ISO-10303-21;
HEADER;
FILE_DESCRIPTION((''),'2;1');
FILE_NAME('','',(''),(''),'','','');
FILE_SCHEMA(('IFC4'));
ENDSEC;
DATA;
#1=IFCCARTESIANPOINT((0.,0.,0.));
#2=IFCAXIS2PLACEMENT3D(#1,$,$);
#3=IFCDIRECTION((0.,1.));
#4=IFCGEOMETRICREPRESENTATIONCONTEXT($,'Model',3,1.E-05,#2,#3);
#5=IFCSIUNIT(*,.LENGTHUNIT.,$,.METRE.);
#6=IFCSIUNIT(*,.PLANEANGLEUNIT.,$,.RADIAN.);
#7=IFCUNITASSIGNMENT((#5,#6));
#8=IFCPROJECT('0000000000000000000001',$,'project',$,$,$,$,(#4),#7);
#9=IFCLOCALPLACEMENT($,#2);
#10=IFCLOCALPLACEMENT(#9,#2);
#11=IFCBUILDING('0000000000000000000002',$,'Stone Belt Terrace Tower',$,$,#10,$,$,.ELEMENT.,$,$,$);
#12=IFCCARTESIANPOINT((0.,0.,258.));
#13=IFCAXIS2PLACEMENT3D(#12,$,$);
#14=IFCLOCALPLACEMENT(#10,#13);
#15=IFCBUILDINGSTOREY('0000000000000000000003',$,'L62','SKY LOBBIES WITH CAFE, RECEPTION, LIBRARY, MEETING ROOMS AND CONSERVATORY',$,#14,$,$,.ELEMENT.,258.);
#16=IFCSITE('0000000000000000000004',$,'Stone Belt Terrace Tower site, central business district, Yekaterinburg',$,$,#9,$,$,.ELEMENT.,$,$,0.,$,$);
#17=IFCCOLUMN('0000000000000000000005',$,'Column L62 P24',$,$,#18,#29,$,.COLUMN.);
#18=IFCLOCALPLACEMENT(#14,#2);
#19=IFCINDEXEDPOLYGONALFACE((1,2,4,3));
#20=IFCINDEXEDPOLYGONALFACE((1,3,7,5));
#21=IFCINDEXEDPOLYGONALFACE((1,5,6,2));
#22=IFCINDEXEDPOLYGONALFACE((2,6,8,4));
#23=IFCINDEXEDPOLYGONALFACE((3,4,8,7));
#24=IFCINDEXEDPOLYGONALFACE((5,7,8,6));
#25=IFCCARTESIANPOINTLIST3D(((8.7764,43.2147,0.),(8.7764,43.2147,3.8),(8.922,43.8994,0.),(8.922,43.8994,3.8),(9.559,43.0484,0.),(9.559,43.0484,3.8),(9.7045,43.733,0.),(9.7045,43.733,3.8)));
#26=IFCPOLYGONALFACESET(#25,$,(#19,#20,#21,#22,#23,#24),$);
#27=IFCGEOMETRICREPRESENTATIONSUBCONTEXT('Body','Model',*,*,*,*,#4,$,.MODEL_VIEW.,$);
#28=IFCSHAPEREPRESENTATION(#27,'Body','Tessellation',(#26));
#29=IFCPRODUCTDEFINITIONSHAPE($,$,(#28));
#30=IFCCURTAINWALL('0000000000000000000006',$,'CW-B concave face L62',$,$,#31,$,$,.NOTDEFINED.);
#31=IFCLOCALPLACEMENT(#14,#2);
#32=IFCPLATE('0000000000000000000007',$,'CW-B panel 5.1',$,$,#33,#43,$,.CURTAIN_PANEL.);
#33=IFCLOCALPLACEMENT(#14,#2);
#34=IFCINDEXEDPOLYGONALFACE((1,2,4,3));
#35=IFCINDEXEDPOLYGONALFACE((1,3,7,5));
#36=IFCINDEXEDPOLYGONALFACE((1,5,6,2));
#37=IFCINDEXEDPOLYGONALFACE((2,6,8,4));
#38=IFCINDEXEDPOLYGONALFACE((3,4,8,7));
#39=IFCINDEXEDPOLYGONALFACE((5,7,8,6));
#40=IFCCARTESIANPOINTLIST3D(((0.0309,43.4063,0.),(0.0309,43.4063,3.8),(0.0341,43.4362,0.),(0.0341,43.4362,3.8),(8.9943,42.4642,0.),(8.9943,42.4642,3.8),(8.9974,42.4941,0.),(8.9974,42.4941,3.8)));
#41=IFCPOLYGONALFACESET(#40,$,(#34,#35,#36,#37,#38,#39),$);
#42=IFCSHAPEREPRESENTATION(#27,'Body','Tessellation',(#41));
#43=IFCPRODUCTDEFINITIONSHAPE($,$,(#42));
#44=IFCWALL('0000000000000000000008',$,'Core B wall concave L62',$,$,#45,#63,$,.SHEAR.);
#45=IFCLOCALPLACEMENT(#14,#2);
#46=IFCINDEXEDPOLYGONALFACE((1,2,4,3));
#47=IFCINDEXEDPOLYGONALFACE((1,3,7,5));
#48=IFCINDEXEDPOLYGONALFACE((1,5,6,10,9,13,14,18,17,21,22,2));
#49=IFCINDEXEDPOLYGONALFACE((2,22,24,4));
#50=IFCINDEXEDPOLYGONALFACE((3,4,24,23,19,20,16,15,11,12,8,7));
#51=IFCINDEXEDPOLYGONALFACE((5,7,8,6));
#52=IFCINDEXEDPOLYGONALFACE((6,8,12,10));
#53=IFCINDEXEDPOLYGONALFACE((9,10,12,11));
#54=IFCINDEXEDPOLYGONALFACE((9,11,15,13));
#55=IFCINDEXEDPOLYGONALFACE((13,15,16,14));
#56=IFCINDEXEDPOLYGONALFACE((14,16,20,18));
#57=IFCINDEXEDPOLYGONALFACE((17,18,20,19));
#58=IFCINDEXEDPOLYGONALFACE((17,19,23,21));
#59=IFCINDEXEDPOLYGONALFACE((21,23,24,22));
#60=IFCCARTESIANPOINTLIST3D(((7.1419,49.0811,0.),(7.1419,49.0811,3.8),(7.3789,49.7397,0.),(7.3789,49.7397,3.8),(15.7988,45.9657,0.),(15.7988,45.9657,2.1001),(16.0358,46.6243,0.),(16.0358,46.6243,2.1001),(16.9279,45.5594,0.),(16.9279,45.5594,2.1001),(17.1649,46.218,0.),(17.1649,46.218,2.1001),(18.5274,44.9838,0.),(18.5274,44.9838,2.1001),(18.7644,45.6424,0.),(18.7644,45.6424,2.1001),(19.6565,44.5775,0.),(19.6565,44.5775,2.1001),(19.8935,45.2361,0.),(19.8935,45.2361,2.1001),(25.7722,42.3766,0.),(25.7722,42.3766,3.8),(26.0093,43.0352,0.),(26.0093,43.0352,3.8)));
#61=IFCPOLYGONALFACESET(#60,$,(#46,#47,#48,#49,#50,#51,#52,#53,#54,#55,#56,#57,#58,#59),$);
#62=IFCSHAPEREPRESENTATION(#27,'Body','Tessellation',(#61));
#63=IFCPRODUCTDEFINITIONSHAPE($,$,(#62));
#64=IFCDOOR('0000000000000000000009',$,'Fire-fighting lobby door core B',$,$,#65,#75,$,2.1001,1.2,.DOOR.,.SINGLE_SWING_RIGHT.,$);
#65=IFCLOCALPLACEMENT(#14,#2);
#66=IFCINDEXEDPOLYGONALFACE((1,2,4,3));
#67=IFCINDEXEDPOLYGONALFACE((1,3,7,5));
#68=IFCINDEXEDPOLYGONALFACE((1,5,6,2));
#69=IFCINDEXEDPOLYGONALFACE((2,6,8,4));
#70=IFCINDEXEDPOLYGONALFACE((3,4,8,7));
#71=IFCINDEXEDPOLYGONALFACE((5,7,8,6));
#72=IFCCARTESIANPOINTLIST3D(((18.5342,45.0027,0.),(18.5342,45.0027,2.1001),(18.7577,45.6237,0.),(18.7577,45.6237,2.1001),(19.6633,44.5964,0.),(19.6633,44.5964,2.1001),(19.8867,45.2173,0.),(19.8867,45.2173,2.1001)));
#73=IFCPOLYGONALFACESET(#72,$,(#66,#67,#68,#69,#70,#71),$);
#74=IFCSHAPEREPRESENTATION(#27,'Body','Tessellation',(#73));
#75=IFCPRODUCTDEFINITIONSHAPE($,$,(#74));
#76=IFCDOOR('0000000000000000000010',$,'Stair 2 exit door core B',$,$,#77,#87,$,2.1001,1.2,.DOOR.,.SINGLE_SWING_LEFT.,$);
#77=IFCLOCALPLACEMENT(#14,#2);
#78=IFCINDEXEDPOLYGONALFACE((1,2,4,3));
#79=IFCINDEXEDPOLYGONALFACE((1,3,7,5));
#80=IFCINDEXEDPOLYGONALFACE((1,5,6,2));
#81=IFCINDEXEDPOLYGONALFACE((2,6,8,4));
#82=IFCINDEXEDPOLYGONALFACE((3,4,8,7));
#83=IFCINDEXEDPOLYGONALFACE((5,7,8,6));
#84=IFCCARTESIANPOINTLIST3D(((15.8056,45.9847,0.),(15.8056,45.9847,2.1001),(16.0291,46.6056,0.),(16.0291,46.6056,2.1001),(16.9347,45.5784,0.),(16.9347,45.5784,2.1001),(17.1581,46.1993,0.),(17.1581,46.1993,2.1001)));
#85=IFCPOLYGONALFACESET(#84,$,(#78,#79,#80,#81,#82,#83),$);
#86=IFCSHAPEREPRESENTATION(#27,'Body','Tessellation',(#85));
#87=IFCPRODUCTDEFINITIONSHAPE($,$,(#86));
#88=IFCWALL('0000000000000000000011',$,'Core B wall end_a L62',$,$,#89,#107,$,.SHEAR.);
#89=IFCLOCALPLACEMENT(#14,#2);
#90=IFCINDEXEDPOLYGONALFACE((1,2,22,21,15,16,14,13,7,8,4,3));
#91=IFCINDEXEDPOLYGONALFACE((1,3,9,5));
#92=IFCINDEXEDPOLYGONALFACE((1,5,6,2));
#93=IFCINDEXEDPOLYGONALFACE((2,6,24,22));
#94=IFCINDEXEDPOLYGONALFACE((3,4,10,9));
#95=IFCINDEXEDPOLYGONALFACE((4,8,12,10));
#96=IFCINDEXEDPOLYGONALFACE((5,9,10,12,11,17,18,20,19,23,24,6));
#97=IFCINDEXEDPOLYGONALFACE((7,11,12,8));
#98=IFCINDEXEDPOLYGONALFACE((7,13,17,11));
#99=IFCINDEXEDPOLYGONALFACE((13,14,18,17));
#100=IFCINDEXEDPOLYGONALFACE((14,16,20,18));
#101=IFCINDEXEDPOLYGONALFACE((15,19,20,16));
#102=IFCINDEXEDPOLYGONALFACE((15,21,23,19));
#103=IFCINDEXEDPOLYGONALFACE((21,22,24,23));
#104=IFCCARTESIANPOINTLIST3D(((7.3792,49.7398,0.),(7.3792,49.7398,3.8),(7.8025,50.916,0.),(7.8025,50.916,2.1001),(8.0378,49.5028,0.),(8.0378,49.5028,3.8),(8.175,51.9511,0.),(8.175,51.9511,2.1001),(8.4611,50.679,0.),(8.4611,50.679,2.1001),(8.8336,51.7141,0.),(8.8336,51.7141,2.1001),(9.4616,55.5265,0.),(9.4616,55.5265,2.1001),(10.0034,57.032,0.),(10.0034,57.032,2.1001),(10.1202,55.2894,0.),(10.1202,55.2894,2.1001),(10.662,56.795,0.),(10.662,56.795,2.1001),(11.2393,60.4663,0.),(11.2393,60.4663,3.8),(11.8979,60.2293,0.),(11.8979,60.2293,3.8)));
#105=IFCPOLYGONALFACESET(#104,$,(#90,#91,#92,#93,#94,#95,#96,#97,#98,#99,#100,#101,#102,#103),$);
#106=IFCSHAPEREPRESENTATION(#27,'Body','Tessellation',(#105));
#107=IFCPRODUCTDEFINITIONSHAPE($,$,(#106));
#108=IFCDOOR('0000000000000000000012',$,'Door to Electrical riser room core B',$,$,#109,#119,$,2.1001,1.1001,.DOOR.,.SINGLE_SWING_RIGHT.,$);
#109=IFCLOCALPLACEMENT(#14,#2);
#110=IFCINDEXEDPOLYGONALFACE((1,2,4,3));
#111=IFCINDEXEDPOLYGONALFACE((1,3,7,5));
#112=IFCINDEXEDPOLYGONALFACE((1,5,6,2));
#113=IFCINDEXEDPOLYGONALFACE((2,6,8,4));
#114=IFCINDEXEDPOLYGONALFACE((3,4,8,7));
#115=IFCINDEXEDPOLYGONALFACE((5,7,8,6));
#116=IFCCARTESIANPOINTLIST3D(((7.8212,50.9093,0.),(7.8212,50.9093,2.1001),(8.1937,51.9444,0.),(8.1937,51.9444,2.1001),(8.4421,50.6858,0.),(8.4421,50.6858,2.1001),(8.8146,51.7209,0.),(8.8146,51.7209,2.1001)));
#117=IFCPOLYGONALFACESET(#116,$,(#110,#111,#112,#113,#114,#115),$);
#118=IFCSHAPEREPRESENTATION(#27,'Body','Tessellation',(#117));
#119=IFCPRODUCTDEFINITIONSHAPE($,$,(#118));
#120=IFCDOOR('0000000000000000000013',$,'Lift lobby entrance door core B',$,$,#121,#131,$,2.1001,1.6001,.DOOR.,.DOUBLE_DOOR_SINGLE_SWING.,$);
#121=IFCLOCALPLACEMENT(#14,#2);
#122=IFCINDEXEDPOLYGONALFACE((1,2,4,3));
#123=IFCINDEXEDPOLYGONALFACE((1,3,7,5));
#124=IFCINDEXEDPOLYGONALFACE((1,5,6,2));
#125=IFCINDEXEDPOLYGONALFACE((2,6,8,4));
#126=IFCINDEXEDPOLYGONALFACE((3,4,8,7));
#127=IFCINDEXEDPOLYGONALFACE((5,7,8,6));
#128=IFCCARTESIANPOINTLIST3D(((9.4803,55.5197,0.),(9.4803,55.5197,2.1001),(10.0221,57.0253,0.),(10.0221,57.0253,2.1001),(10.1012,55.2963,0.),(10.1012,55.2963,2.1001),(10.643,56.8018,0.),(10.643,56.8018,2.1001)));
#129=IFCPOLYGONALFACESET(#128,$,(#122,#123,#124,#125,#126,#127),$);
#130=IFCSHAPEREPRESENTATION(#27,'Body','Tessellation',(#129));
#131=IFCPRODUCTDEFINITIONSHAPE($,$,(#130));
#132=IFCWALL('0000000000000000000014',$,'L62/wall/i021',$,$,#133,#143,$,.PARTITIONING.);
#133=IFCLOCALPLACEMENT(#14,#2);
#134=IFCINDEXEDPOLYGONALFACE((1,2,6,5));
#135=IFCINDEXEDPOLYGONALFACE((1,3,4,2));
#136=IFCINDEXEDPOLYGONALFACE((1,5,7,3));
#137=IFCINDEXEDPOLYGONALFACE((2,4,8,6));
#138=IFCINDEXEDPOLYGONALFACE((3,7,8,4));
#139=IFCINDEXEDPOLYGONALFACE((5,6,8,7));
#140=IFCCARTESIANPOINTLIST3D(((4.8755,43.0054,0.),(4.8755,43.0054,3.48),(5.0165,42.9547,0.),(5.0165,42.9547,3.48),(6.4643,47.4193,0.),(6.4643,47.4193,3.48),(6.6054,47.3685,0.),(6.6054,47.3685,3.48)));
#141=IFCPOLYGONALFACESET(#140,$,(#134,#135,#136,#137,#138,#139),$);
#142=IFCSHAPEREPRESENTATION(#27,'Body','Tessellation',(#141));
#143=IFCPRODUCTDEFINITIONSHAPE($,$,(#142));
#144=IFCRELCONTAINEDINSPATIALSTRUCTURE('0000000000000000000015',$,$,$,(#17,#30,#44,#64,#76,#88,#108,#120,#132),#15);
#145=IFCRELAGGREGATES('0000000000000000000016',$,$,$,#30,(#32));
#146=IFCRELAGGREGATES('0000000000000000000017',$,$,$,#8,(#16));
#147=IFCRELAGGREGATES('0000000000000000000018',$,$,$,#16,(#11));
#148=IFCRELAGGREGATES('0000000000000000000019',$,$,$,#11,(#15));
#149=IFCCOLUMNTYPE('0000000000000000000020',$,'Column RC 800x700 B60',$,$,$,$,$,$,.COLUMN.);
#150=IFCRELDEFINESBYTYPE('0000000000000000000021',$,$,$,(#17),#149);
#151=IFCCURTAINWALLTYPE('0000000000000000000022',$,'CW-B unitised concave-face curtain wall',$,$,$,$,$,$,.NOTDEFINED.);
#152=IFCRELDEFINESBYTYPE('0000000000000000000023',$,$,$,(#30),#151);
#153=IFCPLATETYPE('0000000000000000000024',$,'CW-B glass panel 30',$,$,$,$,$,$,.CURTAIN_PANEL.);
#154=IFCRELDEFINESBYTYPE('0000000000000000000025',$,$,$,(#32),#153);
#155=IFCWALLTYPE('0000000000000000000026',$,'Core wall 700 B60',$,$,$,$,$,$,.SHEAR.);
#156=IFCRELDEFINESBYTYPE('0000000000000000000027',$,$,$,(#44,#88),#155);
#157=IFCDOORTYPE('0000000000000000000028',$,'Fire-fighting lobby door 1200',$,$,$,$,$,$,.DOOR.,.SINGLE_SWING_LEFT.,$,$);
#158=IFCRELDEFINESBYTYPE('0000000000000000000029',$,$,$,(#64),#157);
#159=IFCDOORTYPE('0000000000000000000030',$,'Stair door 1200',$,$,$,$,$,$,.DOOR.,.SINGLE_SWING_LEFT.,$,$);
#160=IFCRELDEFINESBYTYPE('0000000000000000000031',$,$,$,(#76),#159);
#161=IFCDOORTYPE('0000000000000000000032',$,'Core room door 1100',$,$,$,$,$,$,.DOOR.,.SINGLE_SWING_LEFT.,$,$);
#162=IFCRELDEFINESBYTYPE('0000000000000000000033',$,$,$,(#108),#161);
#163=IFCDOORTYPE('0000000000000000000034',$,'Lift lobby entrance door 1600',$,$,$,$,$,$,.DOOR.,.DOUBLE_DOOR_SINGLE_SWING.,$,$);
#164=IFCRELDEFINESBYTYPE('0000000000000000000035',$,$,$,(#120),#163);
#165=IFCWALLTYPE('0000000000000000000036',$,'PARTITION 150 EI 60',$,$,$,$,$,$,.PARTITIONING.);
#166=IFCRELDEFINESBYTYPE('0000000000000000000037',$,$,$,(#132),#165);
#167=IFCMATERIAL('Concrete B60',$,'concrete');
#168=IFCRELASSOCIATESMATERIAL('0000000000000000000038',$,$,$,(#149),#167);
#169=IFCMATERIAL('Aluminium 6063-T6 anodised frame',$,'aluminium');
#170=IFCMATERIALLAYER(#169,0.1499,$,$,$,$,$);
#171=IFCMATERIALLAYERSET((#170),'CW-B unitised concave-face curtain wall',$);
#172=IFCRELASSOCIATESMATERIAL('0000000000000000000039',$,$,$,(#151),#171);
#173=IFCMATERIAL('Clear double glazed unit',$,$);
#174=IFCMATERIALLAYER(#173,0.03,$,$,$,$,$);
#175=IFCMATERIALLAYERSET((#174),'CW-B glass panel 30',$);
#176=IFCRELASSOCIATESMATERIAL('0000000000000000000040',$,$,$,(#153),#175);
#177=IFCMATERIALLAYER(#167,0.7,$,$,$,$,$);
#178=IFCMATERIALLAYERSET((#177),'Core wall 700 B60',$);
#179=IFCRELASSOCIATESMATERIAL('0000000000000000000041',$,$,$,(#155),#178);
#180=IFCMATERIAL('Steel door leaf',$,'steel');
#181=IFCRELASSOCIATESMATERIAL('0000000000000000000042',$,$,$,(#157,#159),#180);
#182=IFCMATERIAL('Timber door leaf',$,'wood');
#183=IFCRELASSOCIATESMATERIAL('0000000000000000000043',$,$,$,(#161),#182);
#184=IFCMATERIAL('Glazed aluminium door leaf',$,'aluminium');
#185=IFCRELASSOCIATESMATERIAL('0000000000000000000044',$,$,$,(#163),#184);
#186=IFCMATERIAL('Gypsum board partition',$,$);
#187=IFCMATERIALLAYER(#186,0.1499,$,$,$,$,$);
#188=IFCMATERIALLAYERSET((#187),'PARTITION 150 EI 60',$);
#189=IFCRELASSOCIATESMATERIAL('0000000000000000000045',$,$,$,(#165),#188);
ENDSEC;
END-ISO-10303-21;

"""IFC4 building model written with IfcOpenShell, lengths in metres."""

from ifc_helpers import new_model, si_unit, direction, frame, frame_2d, origin, origin_2d, place, context, subcontext, project, spatial, rectangle, extrude, material, layer, layer_set, material_profile, profile_set, type_object, element, fill, aggregate, save


model = new_model("IFC4")

# Units and contexts
model_context = context("Model", 3, precision=1e-05, world=origin(), true_north=direction((0.0, 1.0)))
body_context = subcontext(model_context, "Body", "Model", "MODEL_VIEW")
ifc_project = project(units=[si_unit("LENGTHUNIT", "METRE"), si_unit("PLANEANGLEUNIT", "RADIAN")], contexts=[model_context])

# Site, building, storey
site_placement = place(None, origin())
site = spatial("IfcSite", under=ifc_project, at=site_placement, Name="Stone Belt Terrace Tower site, central business district, Yekaterinburg", CompositionType="ELEMENT", RefElevation=0.0)
building_placement = place(site_placement, origin())
building = spatial("IfcBuilding", under=site, at=building_placement, Name="Stone Belt Terrace Tower", CompositionType="ELEMENT")
storey_placement = place(building_placement, frame((0.0, 0.0, 258.0)))
storey = spatial("IfcBuildingStorey", under=building, at=storey_placement, Name="L62", Description="SKY LOBBIES WITH CAFE, RECEPTION, LIBRARY, MEETING ROOMS AND CONSERVATORY", CompositionType="ELEMENT", Elevation=258.0)

# Column
ifc_material_1 = material(Name="Concrete B60", Category="concrete")
ifc_material_profile = material_profile(ifc_material_1, rectangle(XDim=0.8, YDim=0.7, at=origin_2d()), Name="RC 800x700")
ifc_profile_set = profile_set([ifc_material_profile], Name="Concrete B60")
column_type = type_object("IfcColumnType", Name="Column RC 800x700 B60", PredefinedType="COLUMN", material=ifc_profile_set)
column_placement = place(storey_placement, frame((9.2405, 43.4739, 0.0), z_axis=(0.0, 0.0, 1.0), x_axis=(0.978148, -0.207912, 0.0)))
element("IfcColumn", 1, at=column_placement, inside=storey, type_object=column_type, Name="Column L62 P24", PredefinedType="COLUMN", context=body_context, shape_type="SweptSolid", body=[
    extrude(rectangle(XDim=0.8, YDim=0.7, at=origin_2d()), origin(), (0.0, 0.0, 1.0), 3.8),
])

# Curtain wall, plate
ifc_material_2 = material(Name="Aluminium 6063-T6 anodised frame", Category="aluminium")
ifc_layer_1 = layer(ifc_material_2, 0.1499)
ifc_layer_set_1 = layer_set([ifc_layer_1], Name="CW-B unitised concave-face curtain wall")
curtain_wall_type = type_object("IfcCurtainWallType", Name="CW-B unitised concave-face curtain wall", PredefinedType="NOTDEFINED", material=ifc_layer_set_1)
curtain_wall_placement = place(storey_placement, origin())
curtain_wall = element("IfcCurtainWall", 2, at=curtain_wall_placement, inside=storey, type_object=curtain_wall_type, Name="CW-B concave face L62", PredefinedType="NOTDEFINED")
ifc_material_3 = material(Name="Clear double glazed unit")
ifc_layer_2 = layer(ifc_material_3, 0.03)
ifc_layer_set_2 = layer_set([ifc_layer_2], Name="CW-B glass panel 30")
plate_type = type_object("IfcPlateType", Name="CW-B glass panel 30", PredefinedType="CURTAIN_PANEL", material=ifc_layer_set_2)
plate_placement = place(storey_placement, frame((4.5142, 42.9502, 0.0), z_axis=(0.0, 0.0, 1.0), x_axis=(0.994522, -0.104528, 0.0)))
plate = element("IfcPlate", 3, at=plate_placement, type_object=plate_type, Name="CW-B panel 5.1", PredefinedType="CURTAIN_PANEL", context=body_context, shape_type="SweptSolid", body=[
    extrude(rectangle(XDim=9.0127, YDim=0.03, at=origin_2d()), origin(), (0.0, 0.0, 1.0), 3.8),
])
aggregate(curtain_wall, [plate])

# Walls, openings, doors
ifc_layer_3 = layer(ifc_material_1, 0.7)
ifc_layer_set_3 = layer_set([ifc_layer_3], Name="Core wall 700 B60")
wall_type_1 = type_object("IfcWallType", Name="Core wall 700 B60", PredefinedType="SHEAR", material=ifc_layer_set_3)
wall_1_placement = place(storey_placement, frame((7.2605, 49.4104, 0.0), z_axis=(0.0, 0.0, 1.0), x_axis=(0.940925, -0.338615, 0.0)))
wall_1 = element("IfcWall", 4, at=wall_1_placement, inside=storey, type_object=wall_type_1, Name="Core B wall concave L62", PredefinedType="SHEAR", context=body_context, shape_type="SweptSolid", body=[
    extrude(rectangle(XDim=19.8, YDim=0.7, at=frame_2d((9.8999, 0.0))), origin(), (0.0, 0.0, 1.0), 3.8),
])
opening_1_placement = place(wall_1_placement, frame((12.1001, 0.0, 0.0)))
opening_1 = element("IfcOpeningElement", 5, at=opening_1_placement, cuts=wall_1, PredefinedType="OPENING", context=body_context, shape_type="SweptSolid", body=[
    extrude(rectangle(XDim=1.2, YDim=2.1001, at=frame_2d((0.6001, 1.05))), frame((0.0, 0.3599, 0.0), z_axis=(0.0, -1.0, 0.0), x_axis=(1.0, 0.0, 0.0)), (0.0, 0.0, 1.0), 0.72),
])
opening_2_placement = place(wall_1_placement, frame((9.2002, 0.0, 0.0)))
opening_2 = element("IfcOpeningElement", 6, at=opening_2_placement, cuts=wall_1, PredefinedType="OPENING", context=body_context, shape_type="SweptSolid", body=[
    extrude(rectangle(XDim=1.2, YDim=2.1001, at=frame_2d((0.6001, 1.05))), frame((0.0, 0.3599, 0.0), z_axis=(0.0, -1.0, 0.0), x_axis=(1.0, 0.0, 0.0)), (0.0, 0.0, 1.0), 0.72),
])
ifc_material_4 = material(Name="Steel door leaf", Category="steel")
door_type_1 = type_object("IfcDoorType", Name="Fire-fighting lobby door 1200", OperationType="SINGLE_SWING_LEFT", PredefinedType="DOOR", material=ifc_material_4)
door_1_placement = place(opening_1_placement, origin())
door_1 = element("IfcDoor", 7, at=door_1_placement, inside=storey, type_object=door_type_1, Name="Fire-fighting lobby door core B", OperationType="SINGLE_SWING_RIGHT", OverallHeight=2.1001, OverallWidth=1.2, PredefinedType="DOOR", context=body_context, shape_type="SweptSolid", body=[
    extrude(rectangle(XDim=1.2, YDim=2.1001, at=frame_2d((0.6001, 1.05))), frame((0.0, 0.3301, 0.0), z_axis=(0.0, -1.0, 0.0), x_axis=(1.0, 0.0, 0.0)), (0.0, 0.0, 1.0), 0.6599),
])
fill(opening_1, door_1)
door_type_2 = type_object("IfcDoorType", Name="Stair door 1200", OperationType="SINGLE_SWING_LEFT", PredefinedType="DOOR", material=ifc_material_4)
door_2_placement = place(opening_2_placement, origin())
door_2 = element("IfcDoor", 8, at=door_2_placement, inside=storey, type_object=door_type_2, Name="Stair 2 exit door core B", OperationType="SINGLE_SWING_LEFT", OverallHeight=2.1001, OverallWidth=1.2, PredefinedType="DOOR", context=body_context, shape_type="SweptSolid", body=[
    extrude(rectangle(XDim=1.2, YDim=2.1001, at=frame_2d((0.6001, 1.05))), frame((0.0, 0.3301, 0.0), z_axis=(0.0, -1.0, 0.0), x_axis=(1.0, 0.0, 0.0)), (0.0, 0.0, 1.0), 0.6599),
])
fill(opening_2, door_2)
wall_2_placement = place(storey_placement, frame((7.7085, 49.6213, 0.0), z_axis=(0.0, 0.0, 1.0), x_axis=(0.338606, 0.940928, 0.0)))
wall_2 = element("IfcWall", 9, at=wall_2_placement, inside=storey, type_object=wall_type_1, Name="Core B wall end_a L62", PredefinedType="SHEAR", context=body_context, shape_type="SweptSolid", body=[
    extrude(rectangle(XDim=11.3999, YDim=0.7, at=frame_2d((5.7, 0.0))), origin(), (0.0, 0.0, 1.0), 3.8),
])
opening_3_placement = place(wall_2_placement, frame((6.1499, 0.0, 0.0)))
opening_3 = element("IfcOpeningElement", 10, at=opening_3_placement, cuts=wall_2, PredefinedType="OPENING", context=body_context, shape_type="SweptSolid", body=[
    extrude(rectangle(XDim=1.6001, YDim=2.1001, at=frame_2d((0.8, 1.05))), frame((0.0, 0.3599, 0.0), z_axis=(0.0, -1.0, 0.0), x_axis=(1.0, 0.0, 0.0)), (0.0, 0.0, 1.0), 0.72),
])
opening_4_placement = place(wall_2_placement, frame((1.25, 0.0, 0.0)))
opening_4 = element("IfcOpeningElement", 11, at=opening_4_placement, cuts=wall_2, PredefinedType="OPENING", context=body_context, shape_type="SweptSolid", body=[
    extrude(rectangle(XDim=1.1001, YDim=2.1001, at=frame_2d((0.55, 1.05))), frame((0.0, 0.3599, 0.0), z_axis=(0.0, -1.0, 0.0), x_axis=(1.0, 0.0, 0.0)), (0.0, 0.0, 1.0), 0.72),
])
ifc_material_5 = material(Name="Timber door leaf", Category="wood")
door_type_3 = type_object("IfcDoorType", Name="Core room door 1100", OperationType="SINGLE_SWING_LEFT", PredefinedType="DOOR", material=ifc_material_5)
door_3_placement = place(opening_4_placement, origin())
door_3 = element("IfcDoor", 12, at=door_3_placement, inside=storey, type_object=door_type_3, Name="Door to Electrical riser room core B", OperationType="SINGLE_SWING_RIGHT", OverallHeight=2.1001, OverallWidth=1.1001, PredefinedType="DOOR", context=body_context, shape_type="SweptSolid", body=[
    extrude(rectangle(XDim=1.1001, YDim=2.1001, at=frame_2d((0.55, 1.05))), frame((0.0, 0.3301, 0.0), z_axis=(0.0, -1.0, 0.0), x_axis=(1.0, 0.0, 0.0)), (0.0, 0.0, 1.0), 0.6599),
])
fill(opening_4, door_3)
ifc_material_6 = material(Name="Glazed aluminium door leaf", Category="aluminium")
door_type_4 = type_object("IfcDoorType", Name="Lift lobby entrance door 1600", OperationType="DOUBLE_DOOR_SINGLE_SWING", PredefinedType="DOOR", material=ifc_material_6)
door_4_placement = place(opening_3_placement, origin())
door_4 = element("IfcDoor", 13, at=door_4_placement, inside=storey, type_object=door_type_4, Name="Lift lobby entrance door core B", OperationType="DOUBLE_DOOR_SINGLE_SWING", OverallHeight=2.1001, OverallWidth=1.6001, PredefinedType="DOOR", context=body_context, shape_type="SweptSolid", body=[
    extrude(rectangle(XDim=1.6001, YDim=2.1001, at=frame_2d((0.8, 1.05))), frame((0.0, 0.3301, 0.0), z_axis=(0.0, -1.0, 0.0), x_axis=(1.0, 0.0, 0.0)), (0.0, 0.0, 1.0), 0.6599),
])
fill(opening_3, door_4)

# Wall
ifc_material_7 = material(Name="Gypsum board partition")
ifc_layer_4 = layer(ifc_material_7, 0.1499)
ifc_layer_set_4 = layer_set([ifc_layer_4], Name="PARTITION 150 EI 60")
wall_type_2 = type_object("IfcWallType", Name="PARTITION 150 EI 60", PredefinedType="PARTITIONING", material=ifc_layer_set_4)
wall_3_placement = place(storey_placement, frame((6.5349, 47.394, 0.0), z_axis=(0.0, 0.0, 1.0), x_axis=(-0.338699, -0.940895, 0.0)))
element("IfcWall", 14, at=wall_3_placement, inside=storey, type_object=wall_type_2, Name="L62/wall/i021", PredefinedType="PARTITIONING", context=body_context, shape_type="SweptSolid", body=[
    extrude(rectangle(XDim=4.6912, YDim=0.1499, at=frame_2d((2.3457, 0.0))), origin(), (0.0, 0.0, 1.0), 3.48),
])

save(model, "model.ifc")
